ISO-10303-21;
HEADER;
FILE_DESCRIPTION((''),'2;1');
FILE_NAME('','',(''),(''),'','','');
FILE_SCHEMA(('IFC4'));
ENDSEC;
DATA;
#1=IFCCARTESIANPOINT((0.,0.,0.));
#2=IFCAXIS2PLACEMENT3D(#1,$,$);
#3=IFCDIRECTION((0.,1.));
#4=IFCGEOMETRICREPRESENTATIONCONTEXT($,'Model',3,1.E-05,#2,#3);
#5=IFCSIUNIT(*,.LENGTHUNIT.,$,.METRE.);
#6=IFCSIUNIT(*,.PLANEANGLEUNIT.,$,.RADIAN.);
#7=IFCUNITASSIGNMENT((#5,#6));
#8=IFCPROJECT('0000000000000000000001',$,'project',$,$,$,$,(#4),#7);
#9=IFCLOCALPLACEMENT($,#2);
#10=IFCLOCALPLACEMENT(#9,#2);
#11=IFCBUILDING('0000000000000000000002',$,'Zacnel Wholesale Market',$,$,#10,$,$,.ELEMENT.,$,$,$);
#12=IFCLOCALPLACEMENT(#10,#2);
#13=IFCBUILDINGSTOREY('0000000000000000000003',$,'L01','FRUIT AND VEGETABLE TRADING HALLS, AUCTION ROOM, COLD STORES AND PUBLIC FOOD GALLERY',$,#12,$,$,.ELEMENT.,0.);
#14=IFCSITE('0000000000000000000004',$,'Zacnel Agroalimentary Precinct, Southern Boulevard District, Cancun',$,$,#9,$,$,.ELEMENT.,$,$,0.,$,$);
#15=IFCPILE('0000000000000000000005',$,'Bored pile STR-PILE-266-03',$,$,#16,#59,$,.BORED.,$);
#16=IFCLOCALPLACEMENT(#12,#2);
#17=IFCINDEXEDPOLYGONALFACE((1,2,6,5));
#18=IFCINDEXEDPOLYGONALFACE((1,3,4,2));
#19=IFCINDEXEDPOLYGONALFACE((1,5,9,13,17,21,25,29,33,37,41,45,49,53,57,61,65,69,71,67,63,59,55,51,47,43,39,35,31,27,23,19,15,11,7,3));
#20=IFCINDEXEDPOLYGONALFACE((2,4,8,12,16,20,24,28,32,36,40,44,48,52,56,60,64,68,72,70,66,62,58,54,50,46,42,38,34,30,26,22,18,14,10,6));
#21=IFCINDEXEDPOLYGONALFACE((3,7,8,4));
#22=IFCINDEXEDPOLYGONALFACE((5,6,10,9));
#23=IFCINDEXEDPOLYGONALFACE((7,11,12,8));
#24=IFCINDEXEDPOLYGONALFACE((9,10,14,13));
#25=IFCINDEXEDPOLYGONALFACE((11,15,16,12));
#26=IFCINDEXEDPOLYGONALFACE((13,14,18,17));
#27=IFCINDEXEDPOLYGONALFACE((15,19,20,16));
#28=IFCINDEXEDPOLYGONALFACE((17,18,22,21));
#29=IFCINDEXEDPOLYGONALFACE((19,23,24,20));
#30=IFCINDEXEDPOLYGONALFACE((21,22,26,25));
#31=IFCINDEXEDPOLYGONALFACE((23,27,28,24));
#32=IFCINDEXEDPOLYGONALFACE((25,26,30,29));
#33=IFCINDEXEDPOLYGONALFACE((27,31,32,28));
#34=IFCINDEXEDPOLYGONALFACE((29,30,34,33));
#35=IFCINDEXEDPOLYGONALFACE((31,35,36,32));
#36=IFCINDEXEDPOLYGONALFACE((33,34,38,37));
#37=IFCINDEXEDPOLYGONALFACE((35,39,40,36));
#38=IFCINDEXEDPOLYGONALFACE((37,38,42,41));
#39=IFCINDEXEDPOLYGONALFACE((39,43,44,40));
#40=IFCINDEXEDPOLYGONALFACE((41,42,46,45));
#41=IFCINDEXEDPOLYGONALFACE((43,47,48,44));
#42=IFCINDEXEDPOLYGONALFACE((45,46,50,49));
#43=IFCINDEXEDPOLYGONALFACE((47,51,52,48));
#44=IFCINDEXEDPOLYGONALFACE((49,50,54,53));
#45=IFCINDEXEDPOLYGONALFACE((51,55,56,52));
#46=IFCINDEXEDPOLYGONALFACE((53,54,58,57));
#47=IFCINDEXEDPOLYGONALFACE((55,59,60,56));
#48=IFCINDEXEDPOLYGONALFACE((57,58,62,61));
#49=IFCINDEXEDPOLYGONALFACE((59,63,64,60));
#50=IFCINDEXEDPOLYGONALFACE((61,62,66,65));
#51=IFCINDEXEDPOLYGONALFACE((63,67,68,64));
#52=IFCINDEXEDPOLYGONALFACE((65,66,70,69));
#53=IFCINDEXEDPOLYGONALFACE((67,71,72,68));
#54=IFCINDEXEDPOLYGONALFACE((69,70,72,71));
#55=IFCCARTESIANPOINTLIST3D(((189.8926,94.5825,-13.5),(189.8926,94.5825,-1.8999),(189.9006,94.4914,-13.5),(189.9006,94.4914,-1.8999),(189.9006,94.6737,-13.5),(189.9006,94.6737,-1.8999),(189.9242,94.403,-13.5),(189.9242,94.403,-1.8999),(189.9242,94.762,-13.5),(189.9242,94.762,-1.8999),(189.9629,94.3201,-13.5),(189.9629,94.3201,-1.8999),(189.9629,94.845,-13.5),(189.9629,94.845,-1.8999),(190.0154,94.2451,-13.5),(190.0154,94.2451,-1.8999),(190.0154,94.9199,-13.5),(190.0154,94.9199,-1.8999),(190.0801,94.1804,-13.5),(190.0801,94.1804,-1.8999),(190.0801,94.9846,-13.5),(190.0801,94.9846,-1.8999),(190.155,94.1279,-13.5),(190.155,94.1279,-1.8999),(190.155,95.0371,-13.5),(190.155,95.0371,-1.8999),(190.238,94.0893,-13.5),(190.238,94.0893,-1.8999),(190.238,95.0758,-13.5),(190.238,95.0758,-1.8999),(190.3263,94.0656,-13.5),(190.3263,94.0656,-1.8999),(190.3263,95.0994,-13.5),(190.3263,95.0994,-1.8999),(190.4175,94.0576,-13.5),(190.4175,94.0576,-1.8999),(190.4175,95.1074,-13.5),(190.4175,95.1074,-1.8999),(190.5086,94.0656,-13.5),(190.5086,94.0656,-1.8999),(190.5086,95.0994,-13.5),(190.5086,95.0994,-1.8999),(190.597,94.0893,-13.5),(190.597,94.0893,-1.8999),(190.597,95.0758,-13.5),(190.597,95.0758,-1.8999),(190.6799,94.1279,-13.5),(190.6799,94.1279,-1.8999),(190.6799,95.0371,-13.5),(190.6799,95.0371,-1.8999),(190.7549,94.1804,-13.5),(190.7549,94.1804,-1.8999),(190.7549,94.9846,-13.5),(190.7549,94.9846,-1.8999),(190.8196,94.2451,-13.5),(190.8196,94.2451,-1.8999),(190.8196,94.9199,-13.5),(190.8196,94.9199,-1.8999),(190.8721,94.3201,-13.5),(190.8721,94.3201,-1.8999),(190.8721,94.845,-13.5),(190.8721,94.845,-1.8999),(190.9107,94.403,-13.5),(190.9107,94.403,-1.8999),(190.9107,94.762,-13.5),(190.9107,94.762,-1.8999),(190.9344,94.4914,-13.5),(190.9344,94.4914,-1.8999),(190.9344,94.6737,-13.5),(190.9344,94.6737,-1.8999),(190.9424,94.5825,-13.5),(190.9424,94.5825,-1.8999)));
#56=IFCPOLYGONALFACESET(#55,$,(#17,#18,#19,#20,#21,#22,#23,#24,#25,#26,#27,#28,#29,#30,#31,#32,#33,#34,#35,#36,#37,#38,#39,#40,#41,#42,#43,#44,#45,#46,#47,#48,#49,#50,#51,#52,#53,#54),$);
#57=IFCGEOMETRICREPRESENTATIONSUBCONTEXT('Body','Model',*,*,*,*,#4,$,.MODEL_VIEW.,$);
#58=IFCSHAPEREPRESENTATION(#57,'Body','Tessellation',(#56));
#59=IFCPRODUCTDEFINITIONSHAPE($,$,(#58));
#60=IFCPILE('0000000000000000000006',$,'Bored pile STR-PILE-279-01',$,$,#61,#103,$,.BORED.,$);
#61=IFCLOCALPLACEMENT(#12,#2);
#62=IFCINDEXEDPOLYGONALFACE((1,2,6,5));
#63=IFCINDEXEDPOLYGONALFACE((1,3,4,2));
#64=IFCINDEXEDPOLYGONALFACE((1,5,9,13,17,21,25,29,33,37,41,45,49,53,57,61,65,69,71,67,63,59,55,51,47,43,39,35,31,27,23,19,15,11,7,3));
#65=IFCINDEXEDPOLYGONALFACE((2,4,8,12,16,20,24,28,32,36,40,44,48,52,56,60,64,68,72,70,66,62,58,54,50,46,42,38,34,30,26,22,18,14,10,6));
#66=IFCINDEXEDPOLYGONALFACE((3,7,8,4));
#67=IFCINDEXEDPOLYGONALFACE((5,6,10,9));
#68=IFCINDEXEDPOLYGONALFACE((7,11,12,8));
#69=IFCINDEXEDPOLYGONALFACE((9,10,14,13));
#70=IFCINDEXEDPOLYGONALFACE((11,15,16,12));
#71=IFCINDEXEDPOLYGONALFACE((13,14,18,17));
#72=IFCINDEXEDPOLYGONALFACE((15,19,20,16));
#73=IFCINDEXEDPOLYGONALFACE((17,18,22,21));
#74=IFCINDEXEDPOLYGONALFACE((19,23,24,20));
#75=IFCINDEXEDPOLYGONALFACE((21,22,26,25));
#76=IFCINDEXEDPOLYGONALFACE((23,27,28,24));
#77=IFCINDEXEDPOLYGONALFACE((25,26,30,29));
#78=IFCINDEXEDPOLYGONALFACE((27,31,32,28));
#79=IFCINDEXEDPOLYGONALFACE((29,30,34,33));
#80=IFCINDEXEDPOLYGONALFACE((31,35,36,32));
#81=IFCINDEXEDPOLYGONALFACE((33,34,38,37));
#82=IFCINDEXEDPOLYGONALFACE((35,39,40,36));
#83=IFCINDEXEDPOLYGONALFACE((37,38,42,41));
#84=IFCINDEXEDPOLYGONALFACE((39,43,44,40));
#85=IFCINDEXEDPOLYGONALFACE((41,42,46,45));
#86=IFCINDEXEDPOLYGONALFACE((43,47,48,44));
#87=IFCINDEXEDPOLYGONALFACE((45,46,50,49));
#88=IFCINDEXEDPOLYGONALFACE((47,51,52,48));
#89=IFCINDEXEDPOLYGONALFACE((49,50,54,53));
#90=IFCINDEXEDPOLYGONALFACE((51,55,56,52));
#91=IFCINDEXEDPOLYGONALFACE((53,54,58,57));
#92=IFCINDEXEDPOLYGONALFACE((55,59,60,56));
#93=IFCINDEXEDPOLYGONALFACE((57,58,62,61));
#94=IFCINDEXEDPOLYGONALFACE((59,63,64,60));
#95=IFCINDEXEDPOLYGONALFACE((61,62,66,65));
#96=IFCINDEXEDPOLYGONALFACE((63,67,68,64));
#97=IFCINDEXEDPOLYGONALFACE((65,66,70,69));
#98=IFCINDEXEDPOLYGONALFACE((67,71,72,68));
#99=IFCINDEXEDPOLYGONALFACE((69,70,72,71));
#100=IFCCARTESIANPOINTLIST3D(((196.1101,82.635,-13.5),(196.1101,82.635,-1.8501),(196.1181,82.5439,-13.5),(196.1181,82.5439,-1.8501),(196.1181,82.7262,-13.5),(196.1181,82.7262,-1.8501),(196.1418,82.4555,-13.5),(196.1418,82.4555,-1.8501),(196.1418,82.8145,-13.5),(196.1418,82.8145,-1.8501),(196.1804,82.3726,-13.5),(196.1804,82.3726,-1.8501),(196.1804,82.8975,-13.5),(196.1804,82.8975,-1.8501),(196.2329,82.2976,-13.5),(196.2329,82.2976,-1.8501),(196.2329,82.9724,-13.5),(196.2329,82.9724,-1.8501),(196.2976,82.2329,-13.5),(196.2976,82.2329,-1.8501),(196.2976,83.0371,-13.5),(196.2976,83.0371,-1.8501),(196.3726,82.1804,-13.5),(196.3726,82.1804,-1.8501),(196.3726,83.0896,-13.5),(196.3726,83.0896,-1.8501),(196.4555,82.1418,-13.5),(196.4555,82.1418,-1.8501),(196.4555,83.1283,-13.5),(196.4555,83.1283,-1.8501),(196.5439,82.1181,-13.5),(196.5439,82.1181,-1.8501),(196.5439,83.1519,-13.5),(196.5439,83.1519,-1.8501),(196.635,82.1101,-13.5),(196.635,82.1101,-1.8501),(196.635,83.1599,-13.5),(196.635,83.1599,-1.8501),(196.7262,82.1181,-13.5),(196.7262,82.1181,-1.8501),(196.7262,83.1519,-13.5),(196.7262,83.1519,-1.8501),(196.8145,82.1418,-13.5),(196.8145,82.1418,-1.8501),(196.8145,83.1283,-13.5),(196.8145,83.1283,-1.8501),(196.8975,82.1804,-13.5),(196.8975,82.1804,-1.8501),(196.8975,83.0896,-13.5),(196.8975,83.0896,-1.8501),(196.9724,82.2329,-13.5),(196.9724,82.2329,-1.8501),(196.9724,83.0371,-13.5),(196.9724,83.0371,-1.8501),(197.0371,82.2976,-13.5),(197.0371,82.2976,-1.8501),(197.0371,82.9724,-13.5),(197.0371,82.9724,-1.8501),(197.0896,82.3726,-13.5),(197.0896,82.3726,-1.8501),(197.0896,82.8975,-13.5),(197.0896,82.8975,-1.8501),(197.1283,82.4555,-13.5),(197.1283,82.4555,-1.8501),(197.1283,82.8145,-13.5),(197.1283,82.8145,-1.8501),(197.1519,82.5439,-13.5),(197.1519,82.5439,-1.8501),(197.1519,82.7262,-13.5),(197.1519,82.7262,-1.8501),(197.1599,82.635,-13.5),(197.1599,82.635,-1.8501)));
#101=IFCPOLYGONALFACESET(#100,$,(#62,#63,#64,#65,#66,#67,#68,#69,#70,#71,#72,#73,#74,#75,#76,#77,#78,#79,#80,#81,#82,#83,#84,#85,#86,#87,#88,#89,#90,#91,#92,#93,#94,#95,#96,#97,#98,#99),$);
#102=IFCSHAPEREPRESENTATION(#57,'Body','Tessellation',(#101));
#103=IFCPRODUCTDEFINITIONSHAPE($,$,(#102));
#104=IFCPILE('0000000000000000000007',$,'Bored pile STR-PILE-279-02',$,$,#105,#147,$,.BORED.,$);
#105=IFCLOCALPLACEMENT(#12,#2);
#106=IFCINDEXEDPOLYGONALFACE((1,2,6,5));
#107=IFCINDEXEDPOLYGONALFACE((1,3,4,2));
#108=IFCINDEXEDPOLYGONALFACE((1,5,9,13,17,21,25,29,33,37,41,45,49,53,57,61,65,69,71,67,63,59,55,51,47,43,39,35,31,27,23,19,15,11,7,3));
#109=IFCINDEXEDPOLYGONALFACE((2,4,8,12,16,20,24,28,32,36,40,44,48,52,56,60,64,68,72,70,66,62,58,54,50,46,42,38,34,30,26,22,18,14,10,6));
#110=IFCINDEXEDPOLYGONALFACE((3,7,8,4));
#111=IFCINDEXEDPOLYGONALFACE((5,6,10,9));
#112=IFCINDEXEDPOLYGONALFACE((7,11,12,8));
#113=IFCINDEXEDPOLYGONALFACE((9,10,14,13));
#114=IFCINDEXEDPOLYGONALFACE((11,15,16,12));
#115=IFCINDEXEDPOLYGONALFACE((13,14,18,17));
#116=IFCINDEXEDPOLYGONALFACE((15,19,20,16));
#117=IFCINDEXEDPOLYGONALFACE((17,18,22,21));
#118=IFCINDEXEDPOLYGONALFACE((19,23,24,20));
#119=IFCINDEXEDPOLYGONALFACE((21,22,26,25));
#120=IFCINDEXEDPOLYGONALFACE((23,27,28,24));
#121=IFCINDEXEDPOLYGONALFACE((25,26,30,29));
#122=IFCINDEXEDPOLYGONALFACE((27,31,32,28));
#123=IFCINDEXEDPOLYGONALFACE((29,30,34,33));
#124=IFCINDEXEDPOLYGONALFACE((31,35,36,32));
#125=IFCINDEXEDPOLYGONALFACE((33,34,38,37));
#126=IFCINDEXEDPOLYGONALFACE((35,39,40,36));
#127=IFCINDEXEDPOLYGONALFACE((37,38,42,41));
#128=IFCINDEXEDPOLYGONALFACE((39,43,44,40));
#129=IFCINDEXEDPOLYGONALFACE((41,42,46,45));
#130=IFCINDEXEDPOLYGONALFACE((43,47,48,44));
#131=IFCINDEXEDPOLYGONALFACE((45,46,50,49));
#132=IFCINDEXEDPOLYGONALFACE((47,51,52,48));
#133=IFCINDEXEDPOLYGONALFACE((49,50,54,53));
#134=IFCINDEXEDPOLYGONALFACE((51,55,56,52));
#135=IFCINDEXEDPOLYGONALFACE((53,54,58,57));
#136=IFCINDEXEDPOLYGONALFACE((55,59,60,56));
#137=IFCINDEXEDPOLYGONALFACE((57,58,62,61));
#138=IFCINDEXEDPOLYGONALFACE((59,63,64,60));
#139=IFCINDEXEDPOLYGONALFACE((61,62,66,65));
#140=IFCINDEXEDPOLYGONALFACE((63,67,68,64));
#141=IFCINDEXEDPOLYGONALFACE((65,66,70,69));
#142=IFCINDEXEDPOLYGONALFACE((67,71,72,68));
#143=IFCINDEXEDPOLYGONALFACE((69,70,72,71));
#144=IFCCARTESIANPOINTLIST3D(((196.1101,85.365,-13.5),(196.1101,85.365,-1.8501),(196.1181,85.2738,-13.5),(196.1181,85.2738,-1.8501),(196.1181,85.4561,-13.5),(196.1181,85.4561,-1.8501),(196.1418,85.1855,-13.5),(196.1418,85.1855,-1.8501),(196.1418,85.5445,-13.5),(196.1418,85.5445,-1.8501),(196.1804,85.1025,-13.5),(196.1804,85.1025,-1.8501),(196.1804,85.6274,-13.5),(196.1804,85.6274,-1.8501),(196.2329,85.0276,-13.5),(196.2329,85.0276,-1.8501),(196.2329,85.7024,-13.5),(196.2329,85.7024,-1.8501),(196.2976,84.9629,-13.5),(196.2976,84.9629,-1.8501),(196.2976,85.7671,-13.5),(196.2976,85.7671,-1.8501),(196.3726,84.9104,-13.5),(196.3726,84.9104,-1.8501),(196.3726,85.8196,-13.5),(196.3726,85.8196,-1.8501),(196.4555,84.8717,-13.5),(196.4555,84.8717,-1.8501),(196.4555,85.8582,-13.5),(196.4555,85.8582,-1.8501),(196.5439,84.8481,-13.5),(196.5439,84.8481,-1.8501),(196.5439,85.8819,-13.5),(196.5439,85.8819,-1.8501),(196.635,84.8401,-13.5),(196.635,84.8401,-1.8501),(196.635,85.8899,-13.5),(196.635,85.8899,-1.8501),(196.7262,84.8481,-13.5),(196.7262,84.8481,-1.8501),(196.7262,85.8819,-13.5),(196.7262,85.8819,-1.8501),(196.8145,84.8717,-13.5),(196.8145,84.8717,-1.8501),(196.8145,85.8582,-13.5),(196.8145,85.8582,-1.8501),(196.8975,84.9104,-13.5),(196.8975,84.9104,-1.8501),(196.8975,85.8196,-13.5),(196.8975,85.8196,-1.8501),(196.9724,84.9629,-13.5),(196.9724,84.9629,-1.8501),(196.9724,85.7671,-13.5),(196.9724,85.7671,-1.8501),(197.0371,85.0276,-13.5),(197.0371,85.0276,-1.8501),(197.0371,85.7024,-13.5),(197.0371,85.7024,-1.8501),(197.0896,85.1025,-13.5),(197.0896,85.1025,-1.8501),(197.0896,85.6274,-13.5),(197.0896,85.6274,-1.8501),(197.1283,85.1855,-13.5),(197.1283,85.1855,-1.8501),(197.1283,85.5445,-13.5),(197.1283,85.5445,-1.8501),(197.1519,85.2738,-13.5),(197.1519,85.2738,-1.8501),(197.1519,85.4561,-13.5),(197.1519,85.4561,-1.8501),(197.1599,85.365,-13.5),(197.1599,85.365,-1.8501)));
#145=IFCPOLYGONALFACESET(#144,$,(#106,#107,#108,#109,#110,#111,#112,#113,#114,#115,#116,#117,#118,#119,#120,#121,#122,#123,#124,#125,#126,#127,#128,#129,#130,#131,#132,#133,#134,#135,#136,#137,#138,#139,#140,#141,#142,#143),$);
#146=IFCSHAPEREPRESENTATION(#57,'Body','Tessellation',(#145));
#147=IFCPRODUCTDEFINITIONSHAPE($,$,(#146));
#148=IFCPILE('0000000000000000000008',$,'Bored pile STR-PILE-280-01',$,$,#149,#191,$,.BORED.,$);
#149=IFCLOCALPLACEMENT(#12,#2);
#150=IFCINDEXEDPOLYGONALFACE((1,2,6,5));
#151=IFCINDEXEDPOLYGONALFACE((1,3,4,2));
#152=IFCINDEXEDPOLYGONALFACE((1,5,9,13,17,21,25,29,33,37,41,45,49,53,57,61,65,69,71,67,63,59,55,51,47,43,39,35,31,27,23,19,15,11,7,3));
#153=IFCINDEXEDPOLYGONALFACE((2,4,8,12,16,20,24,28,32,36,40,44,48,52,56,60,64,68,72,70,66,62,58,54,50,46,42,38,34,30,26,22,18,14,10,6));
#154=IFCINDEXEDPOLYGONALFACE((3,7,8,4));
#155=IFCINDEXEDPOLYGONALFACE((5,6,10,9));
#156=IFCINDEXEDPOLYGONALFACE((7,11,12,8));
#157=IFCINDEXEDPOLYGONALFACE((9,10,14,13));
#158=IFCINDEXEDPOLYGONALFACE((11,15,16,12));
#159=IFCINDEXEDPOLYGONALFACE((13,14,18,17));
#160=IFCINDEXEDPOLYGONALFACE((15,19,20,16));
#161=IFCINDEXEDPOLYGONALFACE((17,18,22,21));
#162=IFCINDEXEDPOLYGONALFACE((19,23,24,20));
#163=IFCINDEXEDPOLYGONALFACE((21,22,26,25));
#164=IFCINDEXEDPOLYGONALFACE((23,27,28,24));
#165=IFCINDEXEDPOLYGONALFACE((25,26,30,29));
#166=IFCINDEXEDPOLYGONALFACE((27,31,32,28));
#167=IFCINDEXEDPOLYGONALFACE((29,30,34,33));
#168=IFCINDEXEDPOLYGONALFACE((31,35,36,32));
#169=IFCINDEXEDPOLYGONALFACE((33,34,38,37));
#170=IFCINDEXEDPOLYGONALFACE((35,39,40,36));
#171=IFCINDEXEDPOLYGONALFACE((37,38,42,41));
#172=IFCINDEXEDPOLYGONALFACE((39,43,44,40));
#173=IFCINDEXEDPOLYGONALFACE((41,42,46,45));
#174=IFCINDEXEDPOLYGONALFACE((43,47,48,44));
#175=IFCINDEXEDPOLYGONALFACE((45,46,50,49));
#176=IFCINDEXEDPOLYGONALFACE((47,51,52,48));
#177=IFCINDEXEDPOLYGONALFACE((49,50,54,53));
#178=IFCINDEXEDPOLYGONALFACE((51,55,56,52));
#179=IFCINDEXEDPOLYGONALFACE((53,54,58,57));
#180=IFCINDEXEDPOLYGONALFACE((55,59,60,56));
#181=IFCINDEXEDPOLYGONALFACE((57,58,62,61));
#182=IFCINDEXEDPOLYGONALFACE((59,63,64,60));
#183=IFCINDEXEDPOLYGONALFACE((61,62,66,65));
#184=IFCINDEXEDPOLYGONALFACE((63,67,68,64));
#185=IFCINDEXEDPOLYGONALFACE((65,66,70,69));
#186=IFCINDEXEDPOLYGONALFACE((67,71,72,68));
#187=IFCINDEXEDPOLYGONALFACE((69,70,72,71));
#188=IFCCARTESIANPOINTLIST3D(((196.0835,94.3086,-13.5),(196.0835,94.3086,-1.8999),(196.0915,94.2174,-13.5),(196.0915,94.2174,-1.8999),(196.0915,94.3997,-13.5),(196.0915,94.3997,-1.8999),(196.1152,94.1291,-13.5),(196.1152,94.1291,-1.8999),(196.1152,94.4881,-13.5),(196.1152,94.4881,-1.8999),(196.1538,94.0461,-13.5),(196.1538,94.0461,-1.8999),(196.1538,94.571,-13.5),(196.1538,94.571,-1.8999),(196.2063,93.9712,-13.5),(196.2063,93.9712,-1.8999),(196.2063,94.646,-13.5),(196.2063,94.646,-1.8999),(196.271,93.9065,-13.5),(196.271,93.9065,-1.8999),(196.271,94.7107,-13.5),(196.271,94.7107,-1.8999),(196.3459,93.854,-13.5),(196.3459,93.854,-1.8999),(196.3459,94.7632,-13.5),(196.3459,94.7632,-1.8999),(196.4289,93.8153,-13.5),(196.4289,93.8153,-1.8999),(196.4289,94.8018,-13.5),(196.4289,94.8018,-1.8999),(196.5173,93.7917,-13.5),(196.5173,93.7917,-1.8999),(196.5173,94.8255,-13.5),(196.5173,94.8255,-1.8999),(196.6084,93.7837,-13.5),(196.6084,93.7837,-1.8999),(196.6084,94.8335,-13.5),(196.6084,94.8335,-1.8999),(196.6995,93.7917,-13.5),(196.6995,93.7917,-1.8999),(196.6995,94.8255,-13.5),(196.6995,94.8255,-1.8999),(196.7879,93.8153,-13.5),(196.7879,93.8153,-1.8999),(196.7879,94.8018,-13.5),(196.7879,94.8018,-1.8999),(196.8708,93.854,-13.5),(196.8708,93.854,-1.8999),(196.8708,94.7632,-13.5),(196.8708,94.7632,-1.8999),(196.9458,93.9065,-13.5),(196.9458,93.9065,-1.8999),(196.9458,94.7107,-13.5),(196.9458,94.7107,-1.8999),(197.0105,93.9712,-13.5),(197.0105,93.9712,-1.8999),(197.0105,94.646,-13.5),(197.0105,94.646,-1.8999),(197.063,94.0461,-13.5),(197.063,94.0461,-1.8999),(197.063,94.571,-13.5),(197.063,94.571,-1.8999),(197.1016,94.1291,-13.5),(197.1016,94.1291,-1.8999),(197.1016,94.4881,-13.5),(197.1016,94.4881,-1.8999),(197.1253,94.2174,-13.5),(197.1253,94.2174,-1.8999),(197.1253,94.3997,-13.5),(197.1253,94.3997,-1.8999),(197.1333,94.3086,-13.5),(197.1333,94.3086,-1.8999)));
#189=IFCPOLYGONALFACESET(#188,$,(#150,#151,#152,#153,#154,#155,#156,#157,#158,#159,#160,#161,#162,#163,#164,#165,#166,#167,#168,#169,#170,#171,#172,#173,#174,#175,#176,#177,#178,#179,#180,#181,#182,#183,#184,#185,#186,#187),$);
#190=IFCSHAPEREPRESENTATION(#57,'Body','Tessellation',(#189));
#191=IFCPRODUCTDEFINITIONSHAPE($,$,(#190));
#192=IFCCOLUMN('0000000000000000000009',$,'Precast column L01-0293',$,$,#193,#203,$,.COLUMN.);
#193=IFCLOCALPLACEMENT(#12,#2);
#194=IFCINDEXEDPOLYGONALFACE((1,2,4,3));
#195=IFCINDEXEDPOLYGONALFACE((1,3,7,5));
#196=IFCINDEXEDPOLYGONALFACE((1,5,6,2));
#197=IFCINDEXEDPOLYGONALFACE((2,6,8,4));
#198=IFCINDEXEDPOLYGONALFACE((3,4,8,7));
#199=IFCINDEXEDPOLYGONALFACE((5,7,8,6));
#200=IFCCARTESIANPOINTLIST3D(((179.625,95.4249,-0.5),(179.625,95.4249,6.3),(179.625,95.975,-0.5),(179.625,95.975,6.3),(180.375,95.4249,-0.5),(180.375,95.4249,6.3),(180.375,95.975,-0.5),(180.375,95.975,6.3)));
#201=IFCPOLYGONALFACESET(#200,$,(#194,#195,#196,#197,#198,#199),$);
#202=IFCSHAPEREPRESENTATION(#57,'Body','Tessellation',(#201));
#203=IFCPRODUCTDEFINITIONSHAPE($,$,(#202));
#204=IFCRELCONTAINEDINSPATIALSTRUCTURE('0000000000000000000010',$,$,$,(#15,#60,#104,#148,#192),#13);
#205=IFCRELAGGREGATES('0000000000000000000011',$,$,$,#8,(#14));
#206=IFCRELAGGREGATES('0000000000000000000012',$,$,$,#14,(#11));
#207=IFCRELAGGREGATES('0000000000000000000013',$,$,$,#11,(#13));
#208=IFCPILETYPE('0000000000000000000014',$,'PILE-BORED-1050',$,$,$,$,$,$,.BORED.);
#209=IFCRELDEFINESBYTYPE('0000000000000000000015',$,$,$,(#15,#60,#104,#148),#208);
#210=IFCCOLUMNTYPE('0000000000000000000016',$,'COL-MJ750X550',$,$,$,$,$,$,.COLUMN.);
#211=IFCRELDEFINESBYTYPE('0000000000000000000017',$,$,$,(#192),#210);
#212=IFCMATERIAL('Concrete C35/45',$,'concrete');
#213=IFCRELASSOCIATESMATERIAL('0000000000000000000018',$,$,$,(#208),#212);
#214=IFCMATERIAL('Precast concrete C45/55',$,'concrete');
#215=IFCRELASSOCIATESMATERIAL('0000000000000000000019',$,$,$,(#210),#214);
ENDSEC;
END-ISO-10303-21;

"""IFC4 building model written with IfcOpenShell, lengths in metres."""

from ifc_helpers import new_model, si_unit, direction, frame, origin, origin_2d, place, context, subcontext, project, spatial, rectangle, circle, extrude, material, material_profile, profile_set, type_object, element, save


model = new_model("IFC4")

# Units and contexts
model_context = context("Model", 3, precision=1e-05, world=origin(), true_north=direction((0.0, 1.0)))
body_context = subcontext(model_context, "Body", "Model", "MODEL_VIEW")
ifc_project = project(units=[si_unit("LENGTHUNIT", "METRE"), si_unit("PLANEANGLEUNIT", "RADIAN")], contexts=[model_context])

# Site, building, storey
site_placement = place(None, origin())
site = spatial("IfcSite", under=ifc_project, at=site_placement, Name="Zacnel Agroalimentary Precinct, Southern Boulevard District, Cancun", CompositionType="ELEMENT", RefElevation=0.0)
building_placement = place(site_placement, origin())
building = spatial("IfcBuilding", under=site, at=building_placement, Name="Zacnel Wholesale Market", CompositionType="ELEMENT")
storey_placement = place(building_placement, origin())
storey = spatial("IfcBuildingStorey", under=building, at=storey_placement, Name="L01", Description="FRUIT AND VEGETABLE TRADING HALLS, AUCTION ROOM, COLD STORES AND PUBLIC FOOD GALLERY", CompositionType="ELEMENT", Elevation=0.0)

# Piles
ifc_material_1 = material(Name="Concrete C35/45", Category="concrete")
ifc_material_profile_1 = material_profile(ifc_material_1, circle(Radius=0.5249, at=origin_2d()), Name="BORED PILE D1050")
ifc_profile_set_1 = profile_set([ifc_material_profile_1], Name="Concrete C35/45")
pile_type = type_object("IfcPileType", Name="PILE-BORED-1050", PredefinedType="BORED", material=ifc_profile_set_1)
for number, where, z_axis, x_axis, name in (
    (1, (190.4175, 94.5825, -1.8999), (0.0, 0.0, -1.0), (1.0, 0.0, 0.0), "Bored pile STR-PILE-266-03"),
):
    element("IfcPile", number, at=place(storey_placement, frame(where, z_axis=z_axis, x_axis=x_axis)), inside=storey, type_object=pile_type, Name=name, PredefinedType="BORED", context=body_context, shape_type="SweptSolid", body=[
        extrude(circle(Radius=0.5249, at=origin_2d()), origin(), (0.0, 0.0, 1.0), 11.6001),
    ])
for number, where, z_axis, x_axis, name in (
    (2, (196.635, 82.635, -1.8501), (0.0, 0.0, -1.0), (1.0, 0.0, 0.0), "Bored pile STR-PILE-279-01"),
    (3, (196.635, 85.365, -1.8501), (0.0, 0.0, -1.0), (1.0, 0.0, 0.0), "Bored pile STR-PILE-279-02"),
):
    element("IfcPile", number, at=place(storey_placement, frame(where, z_axis=z_axis, x_axis=x_axis)), inside=storey, type_object=pile_type, Name=name, PredefinedType="BORED", context=body_context, shape_type="SweptSolid", body=[
        extrude(circle(Radius=0.5249, at=origin_2d()), origin(), (0.0, 0.0, 1.0), 11.6499),
    ])
pile_placement = place(storey_placement, frame((196.6084, 94.3086, -1.8999), z_axis=(0.0, 0.0, -1.0), x_axis=(1.0, 0.0, 0.0)))
element("IfcPile", 4, at=pile_placement, inside=storey, type_object=pile_type, Name="Bored pile STR-PILE-280-01", PredefinedType="BORED", context=body_context, shape_type="SweptSolid", body=[
    extrude(circle(Radius=0.5249, at=origin_2d()), origin(), (0.0, 0.0, 1.0), 11.6001),
])

# Column
ifc_material_2 = material(Name="Precast concrete C45/55", Category="concrete")
ifc_material_profile_2 = material_profile(ifc_material_2, rectangle(XDim=0.75, YDim=0.55, at=origin_2d()), Name="PC 750x550")
ifc_profile_set_2 = profile_set([ifc_material_profile_2], Name="Precast concrete C45/55")
column_type_1 = type_object("IfcColumnType", Name="COL-MJ750X550", PredefinedType="COLUMN", material=ifc_profile_set_2)
for number, where, z_axis, x_axis, name in (
    (5, (180.0, 95.7, -0.5), (0.0, 0.0, 1.0), (1.0, 0.0, 0.0), "Precast column L01-0293"),
):
    element("IfcColumn", number, at=place(storey_placement, frame(where, z_axis=z_axis, x_axis=x_axis)), inside=storey, type_object=column_type_1, Name=name, PredefinedType="COLUMN", context=body_context, shape_type="SweptSolid", body=[
        extrude(rectangle(XDim=0.75, YDim=0.55, at=origin_2d()), origin(), (0.0, 0.0, 1.0), 6.8),
    ])

save(model, "model.ifc")
